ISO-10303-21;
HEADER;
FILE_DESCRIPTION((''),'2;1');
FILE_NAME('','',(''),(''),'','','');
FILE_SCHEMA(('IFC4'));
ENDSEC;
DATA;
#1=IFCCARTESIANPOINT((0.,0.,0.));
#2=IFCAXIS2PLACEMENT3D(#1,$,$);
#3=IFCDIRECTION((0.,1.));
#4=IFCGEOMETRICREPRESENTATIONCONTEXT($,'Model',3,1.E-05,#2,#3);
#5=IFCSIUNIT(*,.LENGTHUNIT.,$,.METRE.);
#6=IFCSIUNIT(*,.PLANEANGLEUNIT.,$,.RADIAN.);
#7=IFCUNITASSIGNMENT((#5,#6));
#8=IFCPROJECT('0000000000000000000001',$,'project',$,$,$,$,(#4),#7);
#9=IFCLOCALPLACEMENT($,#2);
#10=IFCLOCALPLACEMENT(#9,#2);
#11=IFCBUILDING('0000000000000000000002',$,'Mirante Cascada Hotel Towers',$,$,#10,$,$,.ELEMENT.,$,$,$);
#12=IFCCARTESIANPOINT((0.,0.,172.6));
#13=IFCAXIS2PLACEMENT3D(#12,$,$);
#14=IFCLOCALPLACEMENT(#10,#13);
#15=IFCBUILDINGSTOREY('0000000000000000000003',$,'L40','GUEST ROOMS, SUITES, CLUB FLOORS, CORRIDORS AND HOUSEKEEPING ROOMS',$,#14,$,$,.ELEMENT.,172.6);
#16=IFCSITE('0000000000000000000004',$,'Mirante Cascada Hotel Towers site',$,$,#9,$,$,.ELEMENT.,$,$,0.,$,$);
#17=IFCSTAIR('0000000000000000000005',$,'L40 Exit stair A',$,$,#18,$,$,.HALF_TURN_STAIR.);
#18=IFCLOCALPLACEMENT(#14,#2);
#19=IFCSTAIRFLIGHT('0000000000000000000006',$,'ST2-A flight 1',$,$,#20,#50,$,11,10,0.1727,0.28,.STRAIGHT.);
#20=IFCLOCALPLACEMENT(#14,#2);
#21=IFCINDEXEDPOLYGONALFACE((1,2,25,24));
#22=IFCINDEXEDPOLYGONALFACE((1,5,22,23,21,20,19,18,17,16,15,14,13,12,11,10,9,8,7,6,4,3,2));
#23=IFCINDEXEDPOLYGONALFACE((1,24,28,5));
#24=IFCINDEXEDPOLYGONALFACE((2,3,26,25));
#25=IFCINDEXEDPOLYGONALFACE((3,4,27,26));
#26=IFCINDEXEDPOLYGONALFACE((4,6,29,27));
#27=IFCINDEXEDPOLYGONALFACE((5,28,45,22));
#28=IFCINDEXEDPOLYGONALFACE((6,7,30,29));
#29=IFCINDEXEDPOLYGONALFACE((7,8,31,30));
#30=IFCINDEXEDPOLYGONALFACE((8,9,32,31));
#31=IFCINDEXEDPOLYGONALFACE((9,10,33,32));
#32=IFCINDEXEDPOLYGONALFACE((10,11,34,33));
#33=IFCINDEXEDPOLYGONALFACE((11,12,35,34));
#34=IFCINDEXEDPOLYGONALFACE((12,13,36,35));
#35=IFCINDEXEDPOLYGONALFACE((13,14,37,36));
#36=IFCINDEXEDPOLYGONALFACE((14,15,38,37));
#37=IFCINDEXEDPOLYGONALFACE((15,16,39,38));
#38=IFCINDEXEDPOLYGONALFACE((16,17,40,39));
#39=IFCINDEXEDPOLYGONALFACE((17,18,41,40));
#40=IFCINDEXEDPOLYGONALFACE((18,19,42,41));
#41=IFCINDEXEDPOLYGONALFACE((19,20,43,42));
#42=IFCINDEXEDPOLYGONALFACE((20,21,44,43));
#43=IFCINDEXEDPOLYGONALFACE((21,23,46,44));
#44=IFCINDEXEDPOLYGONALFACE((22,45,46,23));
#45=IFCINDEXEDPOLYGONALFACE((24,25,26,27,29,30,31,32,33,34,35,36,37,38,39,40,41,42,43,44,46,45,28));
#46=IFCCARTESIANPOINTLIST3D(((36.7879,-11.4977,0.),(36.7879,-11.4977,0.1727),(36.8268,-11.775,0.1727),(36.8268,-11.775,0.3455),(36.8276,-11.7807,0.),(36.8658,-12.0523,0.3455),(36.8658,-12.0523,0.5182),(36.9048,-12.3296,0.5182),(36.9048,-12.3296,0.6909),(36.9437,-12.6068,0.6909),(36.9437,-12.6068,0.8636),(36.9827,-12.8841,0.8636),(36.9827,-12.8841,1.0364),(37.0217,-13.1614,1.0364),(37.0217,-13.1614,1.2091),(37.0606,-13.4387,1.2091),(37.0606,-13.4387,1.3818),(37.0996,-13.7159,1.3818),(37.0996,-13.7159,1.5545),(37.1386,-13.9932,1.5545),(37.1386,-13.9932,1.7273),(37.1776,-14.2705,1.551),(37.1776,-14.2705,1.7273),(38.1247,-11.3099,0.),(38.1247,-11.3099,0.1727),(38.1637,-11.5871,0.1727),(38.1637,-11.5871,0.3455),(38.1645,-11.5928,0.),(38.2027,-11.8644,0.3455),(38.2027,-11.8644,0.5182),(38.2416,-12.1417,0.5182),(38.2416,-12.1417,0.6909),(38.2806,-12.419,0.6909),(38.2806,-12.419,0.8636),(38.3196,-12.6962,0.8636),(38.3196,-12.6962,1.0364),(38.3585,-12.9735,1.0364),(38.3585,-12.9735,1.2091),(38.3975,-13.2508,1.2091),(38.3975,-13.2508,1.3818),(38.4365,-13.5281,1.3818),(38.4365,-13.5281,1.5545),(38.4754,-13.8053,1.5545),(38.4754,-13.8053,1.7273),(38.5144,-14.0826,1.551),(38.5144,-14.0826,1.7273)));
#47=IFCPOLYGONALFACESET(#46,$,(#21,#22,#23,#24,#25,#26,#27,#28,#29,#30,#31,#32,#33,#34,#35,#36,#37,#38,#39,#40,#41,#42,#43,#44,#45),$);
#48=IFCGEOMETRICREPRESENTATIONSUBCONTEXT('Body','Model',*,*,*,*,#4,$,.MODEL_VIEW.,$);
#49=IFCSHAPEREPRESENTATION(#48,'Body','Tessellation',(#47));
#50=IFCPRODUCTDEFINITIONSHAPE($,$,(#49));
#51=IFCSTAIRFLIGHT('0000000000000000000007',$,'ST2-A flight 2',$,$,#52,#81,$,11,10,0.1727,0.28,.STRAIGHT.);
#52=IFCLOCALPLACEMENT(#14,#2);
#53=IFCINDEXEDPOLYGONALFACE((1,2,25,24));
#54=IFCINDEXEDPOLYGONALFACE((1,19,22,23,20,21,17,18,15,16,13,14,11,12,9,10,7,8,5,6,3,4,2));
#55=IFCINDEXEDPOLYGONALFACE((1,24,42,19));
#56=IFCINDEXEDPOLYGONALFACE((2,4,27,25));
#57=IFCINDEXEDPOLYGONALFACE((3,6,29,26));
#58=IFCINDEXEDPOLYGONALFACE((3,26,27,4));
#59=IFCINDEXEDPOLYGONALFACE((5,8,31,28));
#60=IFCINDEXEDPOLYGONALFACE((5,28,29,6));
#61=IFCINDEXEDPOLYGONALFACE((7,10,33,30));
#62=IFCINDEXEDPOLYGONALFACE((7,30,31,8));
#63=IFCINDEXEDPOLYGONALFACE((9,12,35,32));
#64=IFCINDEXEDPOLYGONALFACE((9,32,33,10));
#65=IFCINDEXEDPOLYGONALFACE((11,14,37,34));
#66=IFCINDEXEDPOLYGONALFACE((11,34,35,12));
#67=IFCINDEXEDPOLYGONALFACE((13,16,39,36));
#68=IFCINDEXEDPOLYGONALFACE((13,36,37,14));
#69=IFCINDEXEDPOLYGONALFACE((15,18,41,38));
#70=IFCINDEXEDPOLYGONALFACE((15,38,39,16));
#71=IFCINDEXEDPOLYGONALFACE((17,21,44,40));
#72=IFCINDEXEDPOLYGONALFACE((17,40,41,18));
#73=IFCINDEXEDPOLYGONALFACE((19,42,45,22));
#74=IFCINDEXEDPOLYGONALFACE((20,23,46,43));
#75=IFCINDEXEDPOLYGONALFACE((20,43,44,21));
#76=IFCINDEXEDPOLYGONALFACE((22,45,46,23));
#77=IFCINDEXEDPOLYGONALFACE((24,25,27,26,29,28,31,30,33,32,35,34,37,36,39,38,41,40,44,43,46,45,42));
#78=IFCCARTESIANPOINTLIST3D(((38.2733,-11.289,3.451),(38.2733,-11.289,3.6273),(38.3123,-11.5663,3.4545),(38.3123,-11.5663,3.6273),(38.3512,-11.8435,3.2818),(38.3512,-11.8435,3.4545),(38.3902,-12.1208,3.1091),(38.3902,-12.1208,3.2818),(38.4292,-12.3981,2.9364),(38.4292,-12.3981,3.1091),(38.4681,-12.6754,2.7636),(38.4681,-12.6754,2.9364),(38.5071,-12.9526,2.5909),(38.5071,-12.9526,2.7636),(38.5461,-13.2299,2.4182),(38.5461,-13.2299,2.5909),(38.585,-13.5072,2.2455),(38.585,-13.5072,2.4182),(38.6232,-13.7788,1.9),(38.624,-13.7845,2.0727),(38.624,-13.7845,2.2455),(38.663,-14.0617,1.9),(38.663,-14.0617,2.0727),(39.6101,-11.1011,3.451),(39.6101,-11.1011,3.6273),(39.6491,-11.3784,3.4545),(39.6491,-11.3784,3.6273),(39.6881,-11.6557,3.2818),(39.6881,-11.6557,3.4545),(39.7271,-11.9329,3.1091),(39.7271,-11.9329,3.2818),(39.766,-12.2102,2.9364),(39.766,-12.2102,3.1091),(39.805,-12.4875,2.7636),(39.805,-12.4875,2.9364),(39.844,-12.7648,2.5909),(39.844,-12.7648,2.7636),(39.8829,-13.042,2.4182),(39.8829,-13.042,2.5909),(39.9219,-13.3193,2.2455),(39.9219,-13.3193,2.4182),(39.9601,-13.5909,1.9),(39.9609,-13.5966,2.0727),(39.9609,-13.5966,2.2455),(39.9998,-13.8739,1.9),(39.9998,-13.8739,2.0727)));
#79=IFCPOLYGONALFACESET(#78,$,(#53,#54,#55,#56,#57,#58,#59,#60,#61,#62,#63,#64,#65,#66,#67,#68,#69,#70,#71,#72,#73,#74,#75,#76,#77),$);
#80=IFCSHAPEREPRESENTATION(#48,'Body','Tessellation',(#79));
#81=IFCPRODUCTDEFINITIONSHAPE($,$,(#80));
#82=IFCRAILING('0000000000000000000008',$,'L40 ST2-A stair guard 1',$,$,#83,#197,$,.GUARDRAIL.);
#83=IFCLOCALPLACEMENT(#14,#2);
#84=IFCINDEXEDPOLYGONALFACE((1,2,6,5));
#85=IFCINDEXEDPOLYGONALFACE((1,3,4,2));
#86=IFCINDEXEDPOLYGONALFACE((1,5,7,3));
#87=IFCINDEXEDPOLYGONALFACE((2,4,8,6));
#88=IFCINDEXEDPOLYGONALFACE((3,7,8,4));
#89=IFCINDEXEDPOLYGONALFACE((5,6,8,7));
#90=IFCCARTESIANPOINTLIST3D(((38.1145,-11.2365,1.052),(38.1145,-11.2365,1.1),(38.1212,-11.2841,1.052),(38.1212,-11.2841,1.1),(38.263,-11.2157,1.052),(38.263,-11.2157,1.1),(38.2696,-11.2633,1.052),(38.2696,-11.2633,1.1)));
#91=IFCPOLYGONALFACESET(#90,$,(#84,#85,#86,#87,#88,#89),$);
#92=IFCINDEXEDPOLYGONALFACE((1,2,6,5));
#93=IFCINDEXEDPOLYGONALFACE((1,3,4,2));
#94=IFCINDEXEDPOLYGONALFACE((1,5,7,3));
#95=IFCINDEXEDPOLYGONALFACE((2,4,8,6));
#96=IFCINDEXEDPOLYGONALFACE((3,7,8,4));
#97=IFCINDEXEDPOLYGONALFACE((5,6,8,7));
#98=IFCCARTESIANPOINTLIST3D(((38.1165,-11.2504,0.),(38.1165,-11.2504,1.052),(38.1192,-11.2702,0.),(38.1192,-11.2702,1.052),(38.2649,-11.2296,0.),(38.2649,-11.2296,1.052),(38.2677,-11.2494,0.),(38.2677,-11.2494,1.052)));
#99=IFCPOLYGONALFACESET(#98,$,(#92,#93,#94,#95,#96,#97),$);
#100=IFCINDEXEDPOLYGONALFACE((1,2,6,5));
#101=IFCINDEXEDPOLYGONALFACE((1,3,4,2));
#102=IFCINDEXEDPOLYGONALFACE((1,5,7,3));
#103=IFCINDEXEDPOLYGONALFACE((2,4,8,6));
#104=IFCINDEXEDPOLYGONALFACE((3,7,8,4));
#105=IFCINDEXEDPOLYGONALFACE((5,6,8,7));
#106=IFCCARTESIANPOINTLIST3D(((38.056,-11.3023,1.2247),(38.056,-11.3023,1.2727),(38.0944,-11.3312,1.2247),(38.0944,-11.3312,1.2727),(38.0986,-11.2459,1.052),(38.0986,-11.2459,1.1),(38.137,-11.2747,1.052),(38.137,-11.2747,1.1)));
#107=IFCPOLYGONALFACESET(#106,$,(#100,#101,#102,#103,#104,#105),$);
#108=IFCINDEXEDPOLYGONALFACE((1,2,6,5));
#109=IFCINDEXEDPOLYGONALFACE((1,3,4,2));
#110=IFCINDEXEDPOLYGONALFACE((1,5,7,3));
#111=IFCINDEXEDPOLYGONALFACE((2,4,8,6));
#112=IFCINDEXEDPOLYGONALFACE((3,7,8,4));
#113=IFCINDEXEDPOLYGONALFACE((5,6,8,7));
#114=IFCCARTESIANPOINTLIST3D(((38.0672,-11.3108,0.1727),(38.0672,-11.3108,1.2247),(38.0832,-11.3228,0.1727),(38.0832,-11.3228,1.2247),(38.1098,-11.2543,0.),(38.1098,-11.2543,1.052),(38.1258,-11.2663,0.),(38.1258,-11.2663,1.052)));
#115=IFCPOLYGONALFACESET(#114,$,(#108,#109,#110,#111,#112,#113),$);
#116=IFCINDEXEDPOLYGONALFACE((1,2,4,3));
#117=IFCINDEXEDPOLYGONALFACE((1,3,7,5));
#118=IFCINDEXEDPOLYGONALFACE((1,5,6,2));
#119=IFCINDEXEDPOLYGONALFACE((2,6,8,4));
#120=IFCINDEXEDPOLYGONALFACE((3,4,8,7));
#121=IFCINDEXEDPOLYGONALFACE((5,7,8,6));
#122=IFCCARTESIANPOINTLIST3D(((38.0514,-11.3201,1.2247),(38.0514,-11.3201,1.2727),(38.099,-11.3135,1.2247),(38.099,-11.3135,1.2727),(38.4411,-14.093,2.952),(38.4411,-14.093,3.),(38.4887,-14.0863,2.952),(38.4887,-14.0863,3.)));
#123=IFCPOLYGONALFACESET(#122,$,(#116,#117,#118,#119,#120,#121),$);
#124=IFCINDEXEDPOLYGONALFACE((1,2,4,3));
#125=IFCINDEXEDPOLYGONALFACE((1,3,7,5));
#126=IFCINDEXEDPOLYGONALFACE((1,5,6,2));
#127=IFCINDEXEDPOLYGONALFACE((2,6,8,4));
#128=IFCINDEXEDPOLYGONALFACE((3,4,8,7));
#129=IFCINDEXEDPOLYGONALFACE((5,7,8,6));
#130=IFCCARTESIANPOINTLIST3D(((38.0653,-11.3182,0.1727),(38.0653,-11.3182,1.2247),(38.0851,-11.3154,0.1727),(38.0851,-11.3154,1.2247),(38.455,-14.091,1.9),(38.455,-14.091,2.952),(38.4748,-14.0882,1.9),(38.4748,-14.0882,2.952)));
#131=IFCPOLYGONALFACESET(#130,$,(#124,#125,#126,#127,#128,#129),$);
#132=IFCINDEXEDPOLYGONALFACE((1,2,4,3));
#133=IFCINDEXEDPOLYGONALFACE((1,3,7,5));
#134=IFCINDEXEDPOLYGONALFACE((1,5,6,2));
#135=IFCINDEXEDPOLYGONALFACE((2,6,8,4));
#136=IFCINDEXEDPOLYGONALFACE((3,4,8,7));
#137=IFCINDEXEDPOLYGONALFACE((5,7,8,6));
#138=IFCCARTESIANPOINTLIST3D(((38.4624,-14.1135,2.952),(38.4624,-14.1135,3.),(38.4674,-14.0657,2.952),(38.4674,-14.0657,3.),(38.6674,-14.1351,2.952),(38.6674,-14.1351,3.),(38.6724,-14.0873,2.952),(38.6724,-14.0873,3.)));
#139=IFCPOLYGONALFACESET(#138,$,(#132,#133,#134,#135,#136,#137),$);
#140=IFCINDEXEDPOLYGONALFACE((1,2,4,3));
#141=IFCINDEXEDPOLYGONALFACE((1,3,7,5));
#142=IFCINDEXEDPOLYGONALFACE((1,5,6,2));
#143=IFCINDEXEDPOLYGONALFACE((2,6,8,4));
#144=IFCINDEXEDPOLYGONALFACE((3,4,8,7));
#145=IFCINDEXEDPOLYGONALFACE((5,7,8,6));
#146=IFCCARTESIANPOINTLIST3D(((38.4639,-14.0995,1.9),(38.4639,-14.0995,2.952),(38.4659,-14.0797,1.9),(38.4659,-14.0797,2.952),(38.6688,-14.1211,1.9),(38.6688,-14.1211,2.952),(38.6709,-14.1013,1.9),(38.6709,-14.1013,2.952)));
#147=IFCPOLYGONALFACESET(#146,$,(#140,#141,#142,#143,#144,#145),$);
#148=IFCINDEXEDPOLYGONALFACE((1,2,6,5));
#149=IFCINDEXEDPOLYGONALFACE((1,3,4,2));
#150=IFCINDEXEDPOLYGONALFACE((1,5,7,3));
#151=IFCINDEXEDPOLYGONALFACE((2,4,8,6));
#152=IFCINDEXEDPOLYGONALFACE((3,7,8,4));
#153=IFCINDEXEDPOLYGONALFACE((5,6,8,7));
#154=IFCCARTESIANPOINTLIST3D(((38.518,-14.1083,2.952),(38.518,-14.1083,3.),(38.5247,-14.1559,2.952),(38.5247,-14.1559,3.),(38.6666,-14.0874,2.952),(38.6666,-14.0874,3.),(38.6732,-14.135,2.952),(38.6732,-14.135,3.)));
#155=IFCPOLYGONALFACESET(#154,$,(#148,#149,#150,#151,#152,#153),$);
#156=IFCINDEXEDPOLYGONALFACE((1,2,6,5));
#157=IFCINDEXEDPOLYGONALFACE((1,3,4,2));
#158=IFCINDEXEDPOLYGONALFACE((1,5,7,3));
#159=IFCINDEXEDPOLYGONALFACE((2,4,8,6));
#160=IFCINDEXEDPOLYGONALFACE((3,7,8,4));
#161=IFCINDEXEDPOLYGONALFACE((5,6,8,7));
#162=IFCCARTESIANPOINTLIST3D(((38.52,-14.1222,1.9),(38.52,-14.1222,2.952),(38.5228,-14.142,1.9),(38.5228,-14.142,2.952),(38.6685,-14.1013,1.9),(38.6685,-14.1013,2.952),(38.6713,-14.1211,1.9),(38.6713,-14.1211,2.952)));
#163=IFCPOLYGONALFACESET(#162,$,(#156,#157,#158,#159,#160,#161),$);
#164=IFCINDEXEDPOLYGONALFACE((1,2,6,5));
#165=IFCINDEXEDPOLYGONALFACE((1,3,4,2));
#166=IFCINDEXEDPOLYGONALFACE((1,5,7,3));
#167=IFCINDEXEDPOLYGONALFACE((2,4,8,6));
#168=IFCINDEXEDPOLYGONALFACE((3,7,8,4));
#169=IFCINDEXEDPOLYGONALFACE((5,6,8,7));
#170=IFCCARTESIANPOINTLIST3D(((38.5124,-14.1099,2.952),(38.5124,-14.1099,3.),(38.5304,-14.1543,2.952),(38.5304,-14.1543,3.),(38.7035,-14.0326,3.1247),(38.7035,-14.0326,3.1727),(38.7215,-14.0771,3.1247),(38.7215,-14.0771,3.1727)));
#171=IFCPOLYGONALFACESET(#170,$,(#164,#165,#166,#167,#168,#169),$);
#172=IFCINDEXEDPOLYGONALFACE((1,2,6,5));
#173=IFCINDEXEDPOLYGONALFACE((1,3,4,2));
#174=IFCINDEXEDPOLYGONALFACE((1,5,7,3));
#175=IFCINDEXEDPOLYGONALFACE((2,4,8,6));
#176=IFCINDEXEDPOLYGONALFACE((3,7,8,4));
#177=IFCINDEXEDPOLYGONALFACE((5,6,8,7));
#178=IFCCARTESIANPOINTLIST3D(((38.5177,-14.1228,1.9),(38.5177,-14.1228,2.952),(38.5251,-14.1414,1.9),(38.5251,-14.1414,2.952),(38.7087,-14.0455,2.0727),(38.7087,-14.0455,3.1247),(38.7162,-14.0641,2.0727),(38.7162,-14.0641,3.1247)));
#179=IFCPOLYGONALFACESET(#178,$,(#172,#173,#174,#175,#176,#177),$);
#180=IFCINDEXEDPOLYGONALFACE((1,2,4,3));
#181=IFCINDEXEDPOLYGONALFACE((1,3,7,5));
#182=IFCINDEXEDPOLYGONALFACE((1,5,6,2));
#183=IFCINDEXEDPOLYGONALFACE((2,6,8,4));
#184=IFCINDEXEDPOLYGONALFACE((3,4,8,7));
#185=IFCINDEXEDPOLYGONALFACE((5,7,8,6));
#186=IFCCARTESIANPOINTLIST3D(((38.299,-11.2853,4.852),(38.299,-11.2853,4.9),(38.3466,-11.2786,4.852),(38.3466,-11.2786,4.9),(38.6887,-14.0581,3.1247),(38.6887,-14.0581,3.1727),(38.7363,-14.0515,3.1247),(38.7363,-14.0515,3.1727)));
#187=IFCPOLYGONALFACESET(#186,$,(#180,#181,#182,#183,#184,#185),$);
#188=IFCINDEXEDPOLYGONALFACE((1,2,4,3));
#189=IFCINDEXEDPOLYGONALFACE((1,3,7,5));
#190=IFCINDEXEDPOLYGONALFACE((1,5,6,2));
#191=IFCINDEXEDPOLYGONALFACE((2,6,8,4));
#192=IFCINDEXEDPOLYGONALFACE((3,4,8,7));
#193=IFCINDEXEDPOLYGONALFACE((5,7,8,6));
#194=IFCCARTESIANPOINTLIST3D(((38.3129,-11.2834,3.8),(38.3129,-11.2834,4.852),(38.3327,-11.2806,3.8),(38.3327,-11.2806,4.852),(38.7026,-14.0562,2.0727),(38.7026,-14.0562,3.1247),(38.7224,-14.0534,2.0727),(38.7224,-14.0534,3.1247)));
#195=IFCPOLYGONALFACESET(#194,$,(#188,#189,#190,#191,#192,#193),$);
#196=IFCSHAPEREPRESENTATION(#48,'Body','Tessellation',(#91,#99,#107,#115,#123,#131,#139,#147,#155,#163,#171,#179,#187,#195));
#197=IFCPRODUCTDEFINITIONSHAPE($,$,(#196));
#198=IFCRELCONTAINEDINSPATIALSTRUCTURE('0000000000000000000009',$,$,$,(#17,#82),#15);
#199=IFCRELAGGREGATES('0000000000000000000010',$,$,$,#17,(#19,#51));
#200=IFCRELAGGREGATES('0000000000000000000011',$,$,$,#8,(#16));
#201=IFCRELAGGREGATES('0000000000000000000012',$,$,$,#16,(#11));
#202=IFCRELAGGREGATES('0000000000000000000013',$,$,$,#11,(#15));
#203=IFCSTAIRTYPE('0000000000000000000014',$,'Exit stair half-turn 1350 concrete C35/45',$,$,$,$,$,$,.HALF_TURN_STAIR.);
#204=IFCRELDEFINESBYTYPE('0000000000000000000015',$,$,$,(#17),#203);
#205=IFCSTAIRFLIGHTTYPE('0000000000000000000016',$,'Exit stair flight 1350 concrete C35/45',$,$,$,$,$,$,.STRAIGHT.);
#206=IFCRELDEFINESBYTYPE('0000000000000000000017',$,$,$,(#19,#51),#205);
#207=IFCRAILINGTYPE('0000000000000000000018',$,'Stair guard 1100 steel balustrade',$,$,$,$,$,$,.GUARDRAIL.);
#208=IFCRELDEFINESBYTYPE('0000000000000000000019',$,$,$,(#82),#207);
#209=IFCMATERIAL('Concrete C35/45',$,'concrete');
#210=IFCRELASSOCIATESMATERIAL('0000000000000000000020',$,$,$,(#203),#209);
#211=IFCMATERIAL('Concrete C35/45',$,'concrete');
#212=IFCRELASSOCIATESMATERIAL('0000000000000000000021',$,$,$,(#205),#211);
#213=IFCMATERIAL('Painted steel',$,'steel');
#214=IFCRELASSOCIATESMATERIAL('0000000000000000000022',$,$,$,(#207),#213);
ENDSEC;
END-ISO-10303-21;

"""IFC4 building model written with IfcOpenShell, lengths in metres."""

from ifc_helpers import new_model, si_unit, direction, frame, origin, origin_2d, place, context, subcontext, project, spatial, polyline, rectangle, outline, extrude, material, type_object, element, aggregate, save


model = new_model("IFC4")

# Units and contexts
model_context = context("Model", 3, precision=1e-05, world=origin(), true_north=direction((0.0, 1.0)))
body_context = subcontext(model_context, "Body", "Model", "MODEL_VIEW")
ifc_project = project(units=[si_unit("LENGTHUNIT", "METRE"), si_unit("PLANEANGLEUNIT", "RADIAN")], contexts=[model_context])

# Site, building, storey
site_placement = place(None, origin())
site = spatial("IfcSite", under=ifc_project, at=site_placement, Name="Mirante Cascada Hotel Towers site", CompositionType="ELEMENT", RefElevation=0.0)
building_placement = place(site_placement, origin())
building = spatial("IfcBuilding", under=site, at=building_placement, Name="Mirante Cascada Hotel Towers", CompositionType="ELEMENT")
storey_placement = place(building_placement, frame((0.0, 0.0, 172.6)))
storey = spatial("IfcBuildingStorey", under=building, at=storey_placement, Name="L40", Description="GUEST ROOMS, SUITES, CLUB FLOORS, CORRIDORS AND HOUSEKEEPING ROOMS", CompositionType="ELEMENT", Elevation=172.6)

# Stair, stair flights
ifc_material_1 = material(Name="Concrete C35/45", Category="concrete")
stair_type = type_object("IfcStairType", Name="Exit stair half-turn 1350 concrete C35/45", PredefinedType="HALF_TURN_STAIR", material=ifc_material_1)
stair_placement = place(storey_placement, origin())
stair = element("IfcStair", 1, at=stair_placement, inside=storey, type_object=stair_type, Name="L40 Exit stair A", PredefinedType="HALF_TURN_STAIR")
ifc_material_2 = material(Name="Concrete C35/45", Category="concrete")
stair_flight_type = type_object("IfcStairFlightType", Name="Exit stair flight 1350 concrete C35/45", PredefinedType="STRAIGHT", material=ifc_material_2)
stair_flight_1_placement = place(storey_placement, frame((37.4563, -11.4038, 0.0), z_axis=(0.0, 0.0, 1.0), x_axis=(0.139173, -0.990268, 0.0)))
stair_flight_1 = element("IfcStairFlight", 2, at=stair_flight_1_placement, type_object=stair_flight_type, Name="ST2-A flight 1", NumberOfRisers=11, NumberOfTreads=10, PredefinedType="STRAIGHT", RiserHeight=0.1727, TreadLength=0.28, context=body_context, shape_type="SweptSolid", body=[
    extrude(outline(polyline([(0.0, 0.0), (0.0, 0.1727), (0.28, 0.1727), (0.28, 0.3455), (0.56, 0.3455), (0.56, 0.5182), (0.84, 0.5182), (0.84, 0.6909), (1.12, 0.6909), (1.12, 0.8636), (1.4, 0.8636), (1.4, 1.0364), (1.68, 1.0364), (1.68, 1.2091), (1.96, 1.2091), (1.96, 1.3818), (2.24, 1.3818), (2.24, 1.5545), (2.52, 1.5545), (2.52, 1.7273), (2.8, 1.7273), (2.8, 1.9), (2.8, 1.551), (0.2857, 0.0), (0.0, 0.0)])), frame((0.0, 0.675, 0.0), z_axis=(0.0, -1.0, 0.0), x_axis=(1.0, 0.0, 0.0)), (0.0, 0.0, 1.0), 1.35),
])
stair_flight_2_placement = place(storey_placement, frame((39.3314, -13.9678, 1.9), z_axis=(0.0, 0.0, 1.0), x_axis=(-0.139173, 0.990268, 0.0)))
stair_flight_2 = element("IfcStairFlight", 3, at=stair_flight_2_placement, type_object=stair_flight_type, Name="ST2-A flight 2", NumberOfRisers=11, NumberOfTreads=10, PredefinedType="STRAIGHT", RiserHeight=0.1727, TreadLength=0.28, context=body_context, shape_type="SweptSolid", body=[
    extrude(outline(polyline([(0.0, 0.0), (0.0, 0.1727), (0.28, 0.1727), (0.28, 0.3455), (0.56, 0.3455), (0.56, 0.5182), (0.84, 0.5182), (0.84, 0.6909), (1.12, 0.6909), (1.12, 0.8636), (1.4, 0.8636), (1.4, 1.0364), (1.68, 1.0364), (1.68, 1.2091), (1.96, 1.2091), (1.96, 1.3818), (2.24, 1.3818), (2.24, 1.5545), (2.52, 1.5545), (2.52, 1.7273), (2.8, 1.7273), (2.8, 1.9), (2.8, 1.551), (0.2857, 0.0), (0.0, 0.0)])), frame((0.0, 0.675, 0.0), z_axis=(0.0, -1.0, 0.0), x_axis=(1.0, 0.0, 0.0)), (0.0, 0.0, 1.0), 1.35),
])
aggregate(stair, [stair_flight_1, stair_flight_2])

# Railing
ifc_material_3 = material(Name="Painted steel", Category="steel")
railing_type_1 = type_object("IfcRailingType", Name="Stair guard 1100 steel balustrade", PredefinedType="GUARDRAIL", material=ifc_material_3)
railing_1_placement = place(storey_placement, frame((38.2663, -11.2395, 0.0)))
element("IfcRailing", 4, at=railing_1_placement, inside=storey, type_object=railing_type_1, Name="L40 ST2-A stair guard 1", PredefinedType="GUARDRAIL", context=body_context, shape_type="SweptSolid", body=[
    extrude(rectangle(XDim=0.048, YDim=0.048, at=origin_2d()), frame((0.0, 0.0, 1.076), z_axis=(-0.990333, -0.138713, 0.0), x_axis=(0.138713, -0.990333, 0.0)), (0.0, 0.0, 1.0), 0.1499),
    extrude(rectangle(XDim=0.02, YDim=1.052, at=origin_2d()), frame((0.0, 0.0, 0.526), z_axis=(-0.990333, -0.138713, 0.0), x_axis=(0.138713, -0.990333, 0.0)), (0.0, 0.0, 1.0), 0.1499),
    extrude(rectangle(XDim=0.048, YDim=0.048, at=origin_2d()), frame((-0.1485, -0.0208, 1.076), z_axis=(-0.602033, -0.798471, 0.0), x_axis=(0.798471, -0.602033, 0.0)), (0.0, 0.92534, 0.379139), 0.1866),
    extrude(rectangle(XDim=0.02, YDim=1.052, at=origin_2d()), frame((-0.1485, -0.0208, 0.526), z_axis=(-0.602033, -0.798471, 0.0), x_axis=(0.798471, -0.602033, 0.0)), (0.0, 0.92534, 0.379139), 0.1866),
    extrude(rectangle(XDim=0.048, YDim=0.048, at=origin_2d()), frame((-0.1911, -0.0773, 1.2487), z_axis=(0.139176, -0.990268, 0.0), x_axis=(0.990268, 0.139176, 0.0)), (0.0, 0.525021, 0.851089), 3.29),
    extrude(rectangle(XDim=0.02, YDim=1.052, at=origin_2d()), frame((-0.1911, -0.0773, 0.6987), z_axis=(0.139176, -0.990268, 0.0), x_axis=(0.990268, 0.139176, 0.0)), (0.0, 0.525021, 0.851089), 3.29),
    extrude(rectangle(XDim=0.048, YDim=0.048, at=origin_2d()), frame((0.1986, -2.8501, 2.976), z_axis=(0.994495, -0.104786, 0.0), x_axis=(0.104786, 0.994495, 0.0)), (0.0, 0.0, 1.0), 0.2061),
    extrude(rectangle(XDim=0.02, YDim=1.052, at=origin_2d()), frame((0.1986, -2.8501, 2.426), z_axis=(0.994495, -0.104786, 0.0), x_axis=(0.104786, 0.994495, 0.0)), (0.0, 0.0, 1.0), 0.2061),
    extrude(rectangle(XDim=0.048, YDim=0.048, at=origin_2d()), frame((0.4036, -2.8717, 2.976), z_axis=(-0.990241, -0.139367, 0.0), x_axis=(0.139367, -0.990241, 0.0)), (0.0, 0.0, 1.0), 0.15),
    extrude(rectangle(XDim=0.02, YDim=1.052, at=origin_2d()), frame((0.4036, -2.8717, 2.426), z_axis=(-0.990241, -0.139367, 0.0), x_axis=(0.139367, -0.990241, 0.0)), (0.0, 0.0, 1.0), 0.15),
    extrude(rectangle(XDim=0.048, YDim=0.048, at=origin_2d()), frame((0.2551, -2.8926, 2.976), z_axis=(0.927031, 0.374984, 0.0), x_axis=(-0.374984, 0.927031, 0.0)), (0.0, 0.64219, 0.766545), 0.2689),
    extrude(rectangle(XDim=0.02, YDim=1.052, at=origin_2d()), frame((0.2551, -2.8926, 2.426), z_axis=(0.927031, 0.374984, 0.0), x_axis=(-0.374984, 0.927031, 0.0)), (0.0, 0.64219, 0.766545), 0.2689),
    extrude(rectangle(XDim=0.048, YDim=0.048, at=origin_2d()), frame((0.4462, -2.8153, 3.1487), z_axis=(-0.139176, 0.990268, 0.0), x_axis=(-0.990268, -0.139176, 0.0)), (0.0, 0.525021, 0.851089), 3.29),
    extrude(rectangle(XDim=0.02, YDim=1.052, at=origin_2d()), frame((0.4462, -2.8153, 2.5987), z_axis=(-0.139176, 0.990268, 0.0), x_axis=(-0.990268, -0.139176, 0.0)), (0.0, 0.525021, 0.851089), 3.29),
])

save(model, "model.ifc")
